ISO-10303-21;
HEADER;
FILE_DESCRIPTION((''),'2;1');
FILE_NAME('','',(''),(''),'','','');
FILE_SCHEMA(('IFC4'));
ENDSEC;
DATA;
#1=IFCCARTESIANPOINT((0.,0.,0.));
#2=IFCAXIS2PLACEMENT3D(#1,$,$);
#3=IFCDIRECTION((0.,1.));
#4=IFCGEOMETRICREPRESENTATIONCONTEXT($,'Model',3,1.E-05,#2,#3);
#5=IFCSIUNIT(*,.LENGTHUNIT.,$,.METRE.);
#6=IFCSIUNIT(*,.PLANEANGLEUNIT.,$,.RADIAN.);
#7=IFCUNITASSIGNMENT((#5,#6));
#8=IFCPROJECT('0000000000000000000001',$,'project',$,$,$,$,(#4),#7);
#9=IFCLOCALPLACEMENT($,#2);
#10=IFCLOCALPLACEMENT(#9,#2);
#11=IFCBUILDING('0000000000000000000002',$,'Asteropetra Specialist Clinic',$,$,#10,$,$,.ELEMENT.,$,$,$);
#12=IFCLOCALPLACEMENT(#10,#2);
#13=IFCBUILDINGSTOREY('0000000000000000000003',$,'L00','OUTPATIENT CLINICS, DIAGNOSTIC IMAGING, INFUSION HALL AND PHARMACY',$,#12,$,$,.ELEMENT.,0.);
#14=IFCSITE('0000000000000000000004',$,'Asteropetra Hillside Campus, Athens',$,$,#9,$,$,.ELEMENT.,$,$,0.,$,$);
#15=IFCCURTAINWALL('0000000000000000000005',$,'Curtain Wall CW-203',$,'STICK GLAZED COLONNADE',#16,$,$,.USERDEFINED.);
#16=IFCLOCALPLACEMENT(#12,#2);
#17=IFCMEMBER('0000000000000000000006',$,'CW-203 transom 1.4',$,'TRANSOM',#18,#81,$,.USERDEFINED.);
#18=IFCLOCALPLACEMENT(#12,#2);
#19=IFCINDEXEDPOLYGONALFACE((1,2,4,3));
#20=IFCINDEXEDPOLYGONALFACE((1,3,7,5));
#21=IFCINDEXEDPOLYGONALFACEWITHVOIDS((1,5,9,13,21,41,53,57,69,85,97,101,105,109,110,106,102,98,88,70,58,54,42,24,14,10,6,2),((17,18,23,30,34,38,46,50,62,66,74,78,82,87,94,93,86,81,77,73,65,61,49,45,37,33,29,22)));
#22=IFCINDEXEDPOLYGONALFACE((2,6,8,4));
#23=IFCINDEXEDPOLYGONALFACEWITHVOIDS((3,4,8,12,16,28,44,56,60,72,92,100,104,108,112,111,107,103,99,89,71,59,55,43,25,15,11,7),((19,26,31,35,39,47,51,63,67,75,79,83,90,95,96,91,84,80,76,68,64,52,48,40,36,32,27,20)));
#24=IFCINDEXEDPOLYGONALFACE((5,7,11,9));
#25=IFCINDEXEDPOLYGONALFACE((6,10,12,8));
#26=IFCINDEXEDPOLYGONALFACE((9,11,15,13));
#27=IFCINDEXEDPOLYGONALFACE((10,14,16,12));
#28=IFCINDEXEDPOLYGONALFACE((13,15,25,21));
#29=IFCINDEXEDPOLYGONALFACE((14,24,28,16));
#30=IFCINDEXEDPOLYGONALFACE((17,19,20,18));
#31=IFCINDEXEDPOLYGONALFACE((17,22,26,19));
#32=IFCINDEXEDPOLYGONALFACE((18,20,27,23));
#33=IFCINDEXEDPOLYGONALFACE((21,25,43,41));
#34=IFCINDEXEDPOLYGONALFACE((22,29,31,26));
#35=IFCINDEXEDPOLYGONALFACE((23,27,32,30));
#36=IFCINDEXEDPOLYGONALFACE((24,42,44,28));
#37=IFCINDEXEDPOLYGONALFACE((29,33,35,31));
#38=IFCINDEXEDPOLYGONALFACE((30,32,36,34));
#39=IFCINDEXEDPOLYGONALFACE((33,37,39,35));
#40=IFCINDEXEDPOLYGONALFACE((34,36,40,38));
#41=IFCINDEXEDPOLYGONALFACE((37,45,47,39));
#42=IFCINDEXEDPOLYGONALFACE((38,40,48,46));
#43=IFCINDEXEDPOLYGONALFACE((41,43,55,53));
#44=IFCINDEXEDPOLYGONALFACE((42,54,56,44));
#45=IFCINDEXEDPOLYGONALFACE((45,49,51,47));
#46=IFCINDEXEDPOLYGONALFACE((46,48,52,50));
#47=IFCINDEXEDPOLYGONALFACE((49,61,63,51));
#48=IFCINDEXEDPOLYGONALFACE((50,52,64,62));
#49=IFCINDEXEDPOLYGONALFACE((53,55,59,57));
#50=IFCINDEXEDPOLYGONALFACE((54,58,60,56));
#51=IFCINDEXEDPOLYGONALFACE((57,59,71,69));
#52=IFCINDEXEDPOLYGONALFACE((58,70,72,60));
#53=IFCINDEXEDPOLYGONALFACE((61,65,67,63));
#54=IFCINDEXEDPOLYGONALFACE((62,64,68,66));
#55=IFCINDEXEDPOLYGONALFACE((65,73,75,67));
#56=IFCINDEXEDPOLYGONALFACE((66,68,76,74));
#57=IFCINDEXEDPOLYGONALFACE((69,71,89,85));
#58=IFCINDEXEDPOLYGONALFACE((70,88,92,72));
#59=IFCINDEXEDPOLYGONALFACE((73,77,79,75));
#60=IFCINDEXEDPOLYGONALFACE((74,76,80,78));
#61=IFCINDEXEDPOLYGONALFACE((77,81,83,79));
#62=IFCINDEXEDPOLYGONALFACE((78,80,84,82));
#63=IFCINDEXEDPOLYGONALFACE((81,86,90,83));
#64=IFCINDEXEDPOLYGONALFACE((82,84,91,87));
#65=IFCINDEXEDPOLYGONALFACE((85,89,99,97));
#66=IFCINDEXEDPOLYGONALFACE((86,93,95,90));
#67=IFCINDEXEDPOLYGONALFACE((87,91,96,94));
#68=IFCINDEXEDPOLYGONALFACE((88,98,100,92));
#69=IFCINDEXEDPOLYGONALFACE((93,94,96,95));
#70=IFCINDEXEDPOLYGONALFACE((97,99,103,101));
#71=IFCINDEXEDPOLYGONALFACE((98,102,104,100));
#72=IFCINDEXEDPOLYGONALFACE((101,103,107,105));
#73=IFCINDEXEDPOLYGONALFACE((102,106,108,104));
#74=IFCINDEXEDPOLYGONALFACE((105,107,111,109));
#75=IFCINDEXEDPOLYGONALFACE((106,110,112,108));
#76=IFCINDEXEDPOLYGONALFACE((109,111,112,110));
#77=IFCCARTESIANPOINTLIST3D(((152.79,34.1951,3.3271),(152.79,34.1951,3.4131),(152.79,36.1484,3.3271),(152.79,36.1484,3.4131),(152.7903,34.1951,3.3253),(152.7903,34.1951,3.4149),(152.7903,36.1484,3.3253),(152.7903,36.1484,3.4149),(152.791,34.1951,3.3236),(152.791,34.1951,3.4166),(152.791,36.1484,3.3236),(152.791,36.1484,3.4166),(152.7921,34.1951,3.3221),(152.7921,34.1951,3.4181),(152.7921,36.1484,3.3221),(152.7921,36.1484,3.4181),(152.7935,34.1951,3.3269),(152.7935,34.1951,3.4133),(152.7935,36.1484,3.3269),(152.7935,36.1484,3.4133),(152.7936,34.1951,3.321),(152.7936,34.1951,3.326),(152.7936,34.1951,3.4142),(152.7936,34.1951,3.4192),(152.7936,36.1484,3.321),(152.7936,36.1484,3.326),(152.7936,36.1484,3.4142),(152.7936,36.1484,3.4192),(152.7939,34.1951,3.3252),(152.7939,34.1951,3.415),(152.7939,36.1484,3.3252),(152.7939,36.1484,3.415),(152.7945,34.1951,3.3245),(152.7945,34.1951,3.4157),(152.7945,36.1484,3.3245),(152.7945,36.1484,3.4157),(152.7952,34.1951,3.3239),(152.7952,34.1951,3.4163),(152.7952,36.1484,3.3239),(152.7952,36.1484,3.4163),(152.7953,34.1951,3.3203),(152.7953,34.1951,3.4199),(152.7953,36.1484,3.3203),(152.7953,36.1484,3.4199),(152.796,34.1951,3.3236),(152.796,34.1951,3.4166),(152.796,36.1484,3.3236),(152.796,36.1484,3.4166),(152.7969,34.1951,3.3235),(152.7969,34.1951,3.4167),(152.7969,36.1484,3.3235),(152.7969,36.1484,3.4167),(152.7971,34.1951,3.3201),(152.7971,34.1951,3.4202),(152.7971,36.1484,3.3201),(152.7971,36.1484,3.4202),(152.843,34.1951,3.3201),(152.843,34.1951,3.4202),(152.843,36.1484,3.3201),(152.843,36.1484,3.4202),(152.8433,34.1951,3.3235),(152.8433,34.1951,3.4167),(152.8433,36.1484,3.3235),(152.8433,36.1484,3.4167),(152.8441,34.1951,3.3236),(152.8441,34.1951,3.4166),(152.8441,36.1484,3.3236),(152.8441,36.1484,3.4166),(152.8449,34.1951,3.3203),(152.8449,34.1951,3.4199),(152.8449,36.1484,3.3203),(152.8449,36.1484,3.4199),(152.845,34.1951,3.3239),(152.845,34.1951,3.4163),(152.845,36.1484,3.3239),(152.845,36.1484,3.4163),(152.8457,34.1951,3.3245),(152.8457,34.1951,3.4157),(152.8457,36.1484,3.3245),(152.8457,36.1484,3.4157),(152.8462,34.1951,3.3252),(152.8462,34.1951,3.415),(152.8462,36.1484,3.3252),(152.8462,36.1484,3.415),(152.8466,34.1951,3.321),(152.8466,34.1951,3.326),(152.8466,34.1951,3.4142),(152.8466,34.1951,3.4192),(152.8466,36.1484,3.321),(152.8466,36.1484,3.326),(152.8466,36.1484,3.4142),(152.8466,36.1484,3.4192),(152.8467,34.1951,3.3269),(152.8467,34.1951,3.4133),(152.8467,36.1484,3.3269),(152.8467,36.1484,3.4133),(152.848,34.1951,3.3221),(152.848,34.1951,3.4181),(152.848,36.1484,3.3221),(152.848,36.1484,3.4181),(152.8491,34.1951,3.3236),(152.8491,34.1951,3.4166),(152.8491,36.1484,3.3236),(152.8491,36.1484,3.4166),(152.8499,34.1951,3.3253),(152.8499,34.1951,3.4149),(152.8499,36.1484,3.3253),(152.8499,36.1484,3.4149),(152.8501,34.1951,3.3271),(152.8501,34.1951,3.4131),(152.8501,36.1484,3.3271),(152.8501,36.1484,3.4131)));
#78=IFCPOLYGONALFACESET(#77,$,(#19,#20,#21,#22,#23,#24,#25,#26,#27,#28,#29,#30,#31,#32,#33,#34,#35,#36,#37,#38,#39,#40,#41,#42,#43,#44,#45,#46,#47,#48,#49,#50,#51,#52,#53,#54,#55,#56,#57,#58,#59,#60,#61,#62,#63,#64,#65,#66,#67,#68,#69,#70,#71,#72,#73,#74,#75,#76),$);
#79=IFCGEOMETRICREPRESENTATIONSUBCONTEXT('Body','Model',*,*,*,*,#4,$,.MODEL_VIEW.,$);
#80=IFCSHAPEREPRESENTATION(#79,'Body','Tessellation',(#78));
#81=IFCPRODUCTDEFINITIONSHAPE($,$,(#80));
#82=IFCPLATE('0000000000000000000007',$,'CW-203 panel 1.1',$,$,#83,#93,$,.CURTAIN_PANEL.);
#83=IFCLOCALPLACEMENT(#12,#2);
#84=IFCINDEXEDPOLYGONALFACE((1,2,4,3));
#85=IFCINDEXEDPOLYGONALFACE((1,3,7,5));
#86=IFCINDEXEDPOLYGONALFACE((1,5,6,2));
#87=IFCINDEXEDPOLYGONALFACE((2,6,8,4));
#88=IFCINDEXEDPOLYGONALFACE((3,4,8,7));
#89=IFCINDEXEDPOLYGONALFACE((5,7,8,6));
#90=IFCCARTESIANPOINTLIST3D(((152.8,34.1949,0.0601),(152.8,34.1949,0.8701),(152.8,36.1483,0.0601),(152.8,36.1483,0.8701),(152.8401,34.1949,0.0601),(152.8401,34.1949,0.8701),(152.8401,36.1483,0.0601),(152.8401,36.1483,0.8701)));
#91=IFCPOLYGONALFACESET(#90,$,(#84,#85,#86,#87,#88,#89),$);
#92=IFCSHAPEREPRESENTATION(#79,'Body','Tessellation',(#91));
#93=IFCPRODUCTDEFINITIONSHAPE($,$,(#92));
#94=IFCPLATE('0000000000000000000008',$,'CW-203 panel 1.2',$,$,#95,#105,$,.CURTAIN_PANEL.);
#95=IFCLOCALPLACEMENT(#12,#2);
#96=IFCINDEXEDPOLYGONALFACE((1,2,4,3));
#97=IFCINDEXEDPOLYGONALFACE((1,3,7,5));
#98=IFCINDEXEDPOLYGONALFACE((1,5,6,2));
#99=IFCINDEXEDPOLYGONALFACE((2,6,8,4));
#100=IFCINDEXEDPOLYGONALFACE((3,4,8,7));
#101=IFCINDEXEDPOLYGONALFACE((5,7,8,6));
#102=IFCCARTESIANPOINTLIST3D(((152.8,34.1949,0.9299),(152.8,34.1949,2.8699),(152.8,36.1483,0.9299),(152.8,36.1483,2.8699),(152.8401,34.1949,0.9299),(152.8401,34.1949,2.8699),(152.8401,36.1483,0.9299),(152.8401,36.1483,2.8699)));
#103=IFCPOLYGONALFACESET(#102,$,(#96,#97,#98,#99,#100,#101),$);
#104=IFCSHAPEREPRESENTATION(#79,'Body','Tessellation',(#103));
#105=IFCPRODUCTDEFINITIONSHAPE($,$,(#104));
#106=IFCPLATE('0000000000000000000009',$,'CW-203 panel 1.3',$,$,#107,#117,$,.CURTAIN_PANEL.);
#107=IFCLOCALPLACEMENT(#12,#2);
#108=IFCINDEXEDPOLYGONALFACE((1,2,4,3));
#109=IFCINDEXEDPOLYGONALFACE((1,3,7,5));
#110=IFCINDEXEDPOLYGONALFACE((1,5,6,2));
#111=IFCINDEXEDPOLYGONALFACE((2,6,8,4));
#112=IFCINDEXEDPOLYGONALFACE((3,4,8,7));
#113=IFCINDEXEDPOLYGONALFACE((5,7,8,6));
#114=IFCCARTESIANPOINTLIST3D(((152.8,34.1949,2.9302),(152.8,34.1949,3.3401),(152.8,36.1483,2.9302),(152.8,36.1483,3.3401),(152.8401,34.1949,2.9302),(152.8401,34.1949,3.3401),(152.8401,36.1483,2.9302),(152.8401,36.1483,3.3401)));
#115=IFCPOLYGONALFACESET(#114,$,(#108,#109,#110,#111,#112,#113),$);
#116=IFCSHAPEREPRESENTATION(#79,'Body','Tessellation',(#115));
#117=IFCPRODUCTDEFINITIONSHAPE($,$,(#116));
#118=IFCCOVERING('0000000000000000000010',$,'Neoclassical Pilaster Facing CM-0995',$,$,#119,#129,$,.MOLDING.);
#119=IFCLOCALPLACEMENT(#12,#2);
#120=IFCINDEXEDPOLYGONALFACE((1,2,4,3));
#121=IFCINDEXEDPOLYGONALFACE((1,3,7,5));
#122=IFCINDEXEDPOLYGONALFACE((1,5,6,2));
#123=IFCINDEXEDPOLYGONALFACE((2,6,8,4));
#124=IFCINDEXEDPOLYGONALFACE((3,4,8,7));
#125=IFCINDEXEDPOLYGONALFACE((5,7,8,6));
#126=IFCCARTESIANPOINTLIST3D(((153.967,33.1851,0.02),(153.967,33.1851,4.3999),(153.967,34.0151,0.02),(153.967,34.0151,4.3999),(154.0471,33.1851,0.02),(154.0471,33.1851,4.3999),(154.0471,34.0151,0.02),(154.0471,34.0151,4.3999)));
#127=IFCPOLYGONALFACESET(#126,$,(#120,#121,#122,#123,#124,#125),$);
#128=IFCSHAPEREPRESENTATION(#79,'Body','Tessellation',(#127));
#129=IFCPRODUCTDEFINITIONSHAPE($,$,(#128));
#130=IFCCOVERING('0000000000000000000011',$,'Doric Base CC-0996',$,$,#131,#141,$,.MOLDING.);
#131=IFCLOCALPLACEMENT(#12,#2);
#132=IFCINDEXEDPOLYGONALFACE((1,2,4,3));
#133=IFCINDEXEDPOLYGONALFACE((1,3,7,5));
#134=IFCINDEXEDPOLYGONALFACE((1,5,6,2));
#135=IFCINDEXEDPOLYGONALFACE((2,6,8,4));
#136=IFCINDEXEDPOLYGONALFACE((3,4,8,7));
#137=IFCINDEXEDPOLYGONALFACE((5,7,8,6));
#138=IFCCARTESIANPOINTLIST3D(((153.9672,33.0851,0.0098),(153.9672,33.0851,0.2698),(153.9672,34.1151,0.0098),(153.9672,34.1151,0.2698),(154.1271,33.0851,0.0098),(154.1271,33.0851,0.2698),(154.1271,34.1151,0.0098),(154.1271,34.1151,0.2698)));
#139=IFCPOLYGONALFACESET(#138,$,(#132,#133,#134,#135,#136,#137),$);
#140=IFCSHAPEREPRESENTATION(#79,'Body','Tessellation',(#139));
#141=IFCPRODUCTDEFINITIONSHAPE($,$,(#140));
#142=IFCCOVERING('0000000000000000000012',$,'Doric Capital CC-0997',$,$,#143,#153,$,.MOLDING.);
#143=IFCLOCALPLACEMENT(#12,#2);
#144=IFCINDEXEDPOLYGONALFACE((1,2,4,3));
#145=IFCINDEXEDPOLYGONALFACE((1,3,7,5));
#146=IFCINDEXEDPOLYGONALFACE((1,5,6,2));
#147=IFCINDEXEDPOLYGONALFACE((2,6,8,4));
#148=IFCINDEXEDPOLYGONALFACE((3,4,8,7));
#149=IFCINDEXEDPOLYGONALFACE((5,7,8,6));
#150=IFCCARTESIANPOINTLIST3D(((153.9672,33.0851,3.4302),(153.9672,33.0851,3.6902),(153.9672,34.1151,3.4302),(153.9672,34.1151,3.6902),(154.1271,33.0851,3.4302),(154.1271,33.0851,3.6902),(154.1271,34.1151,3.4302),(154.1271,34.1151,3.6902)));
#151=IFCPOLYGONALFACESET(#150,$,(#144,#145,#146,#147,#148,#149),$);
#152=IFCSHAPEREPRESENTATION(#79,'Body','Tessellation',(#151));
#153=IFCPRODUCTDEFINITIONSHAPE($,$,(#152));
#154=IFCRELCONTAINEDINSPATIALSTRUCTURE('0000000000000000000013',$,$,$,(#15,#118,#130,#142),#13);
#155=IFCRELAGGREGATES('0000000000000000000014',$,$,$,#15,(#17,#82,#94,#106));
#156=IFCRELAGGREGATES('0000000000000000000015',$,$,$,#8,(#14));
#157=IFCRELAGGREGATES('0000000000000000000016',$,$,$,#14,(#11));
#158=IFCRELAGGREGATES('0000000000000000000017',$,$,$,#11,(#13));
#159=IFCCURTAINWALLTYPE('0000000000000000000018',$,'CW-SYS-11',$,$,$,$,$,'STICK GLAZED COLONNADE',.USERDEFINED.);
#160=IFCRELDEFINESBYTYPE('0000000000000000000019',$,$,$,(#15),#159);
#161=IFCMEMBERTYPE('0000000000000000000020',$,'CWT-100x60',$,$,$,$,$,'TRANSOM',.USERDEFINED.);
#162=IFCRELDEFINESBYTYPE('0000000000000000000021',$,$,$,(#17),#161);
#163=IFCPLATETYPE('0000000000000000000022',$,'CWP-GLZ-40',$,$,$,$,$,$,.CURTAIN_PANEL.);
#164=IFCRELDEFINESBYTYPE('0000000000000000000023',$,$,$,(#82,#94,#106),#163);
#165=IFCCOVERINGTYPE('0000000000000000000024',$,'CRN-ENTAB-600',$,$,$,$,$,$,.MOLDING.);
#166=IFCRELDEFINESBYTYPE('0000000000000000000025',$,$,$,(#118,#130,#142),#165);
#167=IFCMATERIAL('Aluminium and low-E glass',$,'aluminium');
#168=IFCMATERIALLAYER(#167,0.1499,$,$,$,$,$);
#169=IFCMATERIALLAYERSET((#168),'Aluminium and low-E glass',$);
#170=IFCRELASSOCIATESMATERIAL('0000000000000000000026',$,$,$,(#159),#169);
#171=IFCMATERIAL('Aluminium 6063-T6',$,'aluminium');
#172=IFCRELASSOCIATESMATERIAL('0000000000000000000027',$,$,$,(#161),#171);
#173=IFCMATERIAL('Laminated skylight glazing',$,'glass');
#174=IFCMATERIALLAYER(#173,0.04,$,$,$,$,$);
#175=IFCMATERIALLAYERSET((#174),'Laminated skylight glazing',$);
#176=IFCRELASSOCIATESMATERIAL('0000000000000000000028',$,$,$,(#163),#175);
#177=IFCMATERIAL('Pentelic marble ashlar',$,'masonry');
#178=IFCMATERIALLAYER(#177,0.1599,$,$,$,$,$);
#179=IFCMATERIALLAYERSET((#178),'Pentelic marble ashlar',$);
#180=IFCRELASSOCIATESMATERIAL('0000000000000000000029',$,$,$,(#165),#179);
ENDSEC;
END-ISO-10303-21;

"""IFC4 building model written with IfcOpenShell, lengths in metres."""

from ifc_helpers import new_model, si_unit, direction, frame, origin, origin_2d, place, context, subcontext, project, spatial, rectangle, hollow_rectangle, extrude, material, layer, layer_set, material_profile, profile_set, type_object, element, aggregate, save


model = new_model("IFC4")

# Units and contexts
model_context = context("Model", 3, precision=1e-05, world=origin(), true_north=direction((0.0, 1.0)))
body_context = subcontext(model_context, "Body", "Model", "MODEL_VIEW")
ifc_project = project(units=[si_unit("LENGTHUNIT", "METRE"), si_unit("PLANEANGLEUNIT", "RADIAN")], contexts=[model_context])

# Site, building, storey
site_placement = place(None, origin())
site = spatial("IfcSite", under=ifc_project, at=site_placement, Name="Asteropetra Hillside Campus, Athens", CompositionType="ELEMENT", RefElevation=0.0)
building_placement = place(site_placement, origin())
building = spatial("IfcBuilding", under=site, at=building_placement, Name="Asteropetra Specialist Clinic", CompositionType="ELEMENT")
storey_placement = place(building_placement, origin())
storey = spatial("IfcBuildingStorey", under=building, at=storey_placement, Name="L00", Description="OUTPATIENT CLINICS, DIAGNOSTIC IMAGING, INFUSION HALL AND PHARMACY", CompositionType="ELEMENT", Elevation=0.0)

# Curtain wall, member, plates
ifc_material_1 = material(Name="Aluminium and low-E glass", Category="aluminium")
ifc_layer_1 = layer(ifc_material_1, 0.1499)
ifc_layer_set_1 = layer_set([ifc_layer_1], Name="Aluminium and low-E glass")
curtain_wall_type = type_object("IfcCurtainWallType", Name="CW-SYS-11", ElementType="STICK GLAZED COLONNADE", PredefinedType="USERDEFINED", material=ifc_layer_set_1)
curtain_wall_placement = place(storey_placement, origin())
curtain_wall = element("IfcCurtainWall", 1, at=curtain_wall_placement, inside=storey, type_object=curtain_wall_type, Name="Curtain Wall CW-203", ObjectType="STICK GLAZED COLONNADE", PredefinedType="USERDEFINED")
ifc_material_2 = material(Name="Aluminium 6063-T6", Category="aluminium")
ifc_material_profile_1 = material_profile(ifc_material_2, hollow_rectangle(XDim=0.0601, YDim=0.1001, WallThickness=0.0034, InnerFilletRadius=0.0034, OuterFilletRadius=0.0071, at=origin_2d()), Name="TRN 100x60x3.5")
ifc_profile_set_1 = profile_set([ifc_material_profile_1], Name="Aluminium 6063-T6")
member_type_1 = type_object("IfcMemberType", Name="CWT-100x60", ElementType="TRANSOM", PredefinedType="USERDEFINED", material=ifc_profile_set_1)
member_1_placement = place(storey_placement, frame((152.8201, 34.1951, 3.3701), z_axis=(0.0, 1.0, 0.0), x_axis=(-1.0, 0.0, 0.0)))
member_1 = element("IfcMember", 2, at=member_1_placement, type_object=member_type_1, Name="CW-203 transom 1.4", ObjectType="TRANSOM", PredefinedType="USERDEFINED", context=body_context, shape_type="SweptSolid", body=[
    extrude(hollow_rectangle(XDim=0.0601, YDim=0.1001, WallThickness=0.0034, InnerFilletRadius=0.0034, OuterFilletRadius=0.0071, at=origin_2d()), origin(), (0.0, 0.0, 1.0), 1.9534),
])
ifc_material_3 = material(Name="Laminated skylight glazing", Category="glass")
ifc_layer_2 = layer(ifc_material_3, 0.04)
ifc_layer_set_2 = layer_set([ifc_layer_2], Name="Laminated skylight glazing")
plate_type = type_object("IfcPlateType", Name="CWP-GLZ-40", PredefinedType="CURTAIN_PANEL", material=ifc_layer_set_2)
plate_1_placement = place(storey_placement, frame((152.8201, 35.1716, 0.0601), z_axis=(0.0, 0.0, 1.0), x_axis=(0.0, 1.0, 0.0)))
plate_1 = element("IfcPlate", 3, at=plate_1_placement, type_object=plate_type, Name="CW-203 panel 1.1", PredefinedType="CURTAIN_PANEL", context=body_context, shape_type="SweptSolid", body=[
    extrude(rectangle(XDim=1.9534, YDim=0.04, at=origin_2d()), origin(), (0.0, 0.0, 1.0), 0.8101),
])
plate_2_placement = place(storey_placement, frame((152.8201, 35.1716, 0.9299), z_axis=(0.0, 0.0, 1.0), x_axis=(0.0, 1.0, 0.0)))
plate_2 = element("IfcPlate", 4, at=plate_2_placement, type_object=plate_type, Name="CW-203 panel 1.2", PredefinedType="CURTAIN_PANEL", context=body_context, shape_type="SweptSolid", body=[
    extrude(rectangle(XDim=1.9534, YDim=0.04, at=origin_2d()), origin(), (0.0, 0.0, 1.0), 1.9399),
])
plate_3_placement = place(storey_placement, frame((152.8201, 35.1716, 2.9302), z_axis=(0.0, 0.0, 1.0), x_axis=(0.0, 1.0, 0.0)))
plate_3 = element("IfcPlate", 5, at=plate_3_placement, type_object=plate_type, Name="CW-203 panel 1.3", PredefinedType="CURTAIN_PANEL", context=body_context, shape_type="SweptSolid", body=[
    extrude(rectangle(XDim=1.9534, YDim=0.04, at=origin_2d()), origin(), (0.0, 0.0, 1.0), 0.4099),
])
aggregate(curtain_wall, [member_1, plate_1, plate_2, plate_3])

# Coverings
ifc_material_4 = material(Name="Pentelic marble ashlar", Category="masonry")
ifc_layer_3 = layer(ifc_material_4, 0.1599)
ifc_layer_set_3 = layer_set([ifc_layer_3], Name="Pentelic marble ashlar")
covering_type = type_object("IfcCoveringType", Name="CRN-ENTAB-600", PredefinedType="MOLDING", material=ifc_layer_set_3)
covering_placement = place(storey_placement, frame((154.0071, 33.6001, 0.02), z_axis=(0.0, 0.0, 1.0), x_axis=(1.0, 0.0, 0.0)))
element("IfcCovering", 6, at=covering_placement, inside=storey, type_object=covering_type, Name="Neoclassical Pilaster Facing CM-0995", PredefinedType="MOLDING", context=body_context, shape_type="SweptSolid", body=[
    extrude(rectangle(XDim=0.0801, YDim=0.8301, at=origin_2d()), origin(), (0.0, 0.0, 1.0), 4.3799),
])
for number, where, z_axis, x_axis, name in (
    (7, (154.0471, 33.6001, 0.0098), (0.0, 0.0, 1.0), (1.0, 0.0, 0.0), "Doric Base CC-0996"),
    (8, (154.0471, 33.6001, 3.4302), (0.0, 0.0, 1.0), (1.0, 0.0, 0.0), "Doric Capital CC-0997"),
):
    element("IfcCovering", number, at=place(storey_placement, frame(where, z_axis=z_axis, x_axis=x_axis)), inside=storey, type_object=covering_type, Name=name, PredefinedType="MOLDING", context=body_context, shape_type="SweptSolid", body=[
        extrude(rectangle(XDim=0.1599, YDim=1.03, at=origin_2d()), origin(), (0.0, 0.0, 1.0), 0.26),
    ])

save(model, "model.ifc")
